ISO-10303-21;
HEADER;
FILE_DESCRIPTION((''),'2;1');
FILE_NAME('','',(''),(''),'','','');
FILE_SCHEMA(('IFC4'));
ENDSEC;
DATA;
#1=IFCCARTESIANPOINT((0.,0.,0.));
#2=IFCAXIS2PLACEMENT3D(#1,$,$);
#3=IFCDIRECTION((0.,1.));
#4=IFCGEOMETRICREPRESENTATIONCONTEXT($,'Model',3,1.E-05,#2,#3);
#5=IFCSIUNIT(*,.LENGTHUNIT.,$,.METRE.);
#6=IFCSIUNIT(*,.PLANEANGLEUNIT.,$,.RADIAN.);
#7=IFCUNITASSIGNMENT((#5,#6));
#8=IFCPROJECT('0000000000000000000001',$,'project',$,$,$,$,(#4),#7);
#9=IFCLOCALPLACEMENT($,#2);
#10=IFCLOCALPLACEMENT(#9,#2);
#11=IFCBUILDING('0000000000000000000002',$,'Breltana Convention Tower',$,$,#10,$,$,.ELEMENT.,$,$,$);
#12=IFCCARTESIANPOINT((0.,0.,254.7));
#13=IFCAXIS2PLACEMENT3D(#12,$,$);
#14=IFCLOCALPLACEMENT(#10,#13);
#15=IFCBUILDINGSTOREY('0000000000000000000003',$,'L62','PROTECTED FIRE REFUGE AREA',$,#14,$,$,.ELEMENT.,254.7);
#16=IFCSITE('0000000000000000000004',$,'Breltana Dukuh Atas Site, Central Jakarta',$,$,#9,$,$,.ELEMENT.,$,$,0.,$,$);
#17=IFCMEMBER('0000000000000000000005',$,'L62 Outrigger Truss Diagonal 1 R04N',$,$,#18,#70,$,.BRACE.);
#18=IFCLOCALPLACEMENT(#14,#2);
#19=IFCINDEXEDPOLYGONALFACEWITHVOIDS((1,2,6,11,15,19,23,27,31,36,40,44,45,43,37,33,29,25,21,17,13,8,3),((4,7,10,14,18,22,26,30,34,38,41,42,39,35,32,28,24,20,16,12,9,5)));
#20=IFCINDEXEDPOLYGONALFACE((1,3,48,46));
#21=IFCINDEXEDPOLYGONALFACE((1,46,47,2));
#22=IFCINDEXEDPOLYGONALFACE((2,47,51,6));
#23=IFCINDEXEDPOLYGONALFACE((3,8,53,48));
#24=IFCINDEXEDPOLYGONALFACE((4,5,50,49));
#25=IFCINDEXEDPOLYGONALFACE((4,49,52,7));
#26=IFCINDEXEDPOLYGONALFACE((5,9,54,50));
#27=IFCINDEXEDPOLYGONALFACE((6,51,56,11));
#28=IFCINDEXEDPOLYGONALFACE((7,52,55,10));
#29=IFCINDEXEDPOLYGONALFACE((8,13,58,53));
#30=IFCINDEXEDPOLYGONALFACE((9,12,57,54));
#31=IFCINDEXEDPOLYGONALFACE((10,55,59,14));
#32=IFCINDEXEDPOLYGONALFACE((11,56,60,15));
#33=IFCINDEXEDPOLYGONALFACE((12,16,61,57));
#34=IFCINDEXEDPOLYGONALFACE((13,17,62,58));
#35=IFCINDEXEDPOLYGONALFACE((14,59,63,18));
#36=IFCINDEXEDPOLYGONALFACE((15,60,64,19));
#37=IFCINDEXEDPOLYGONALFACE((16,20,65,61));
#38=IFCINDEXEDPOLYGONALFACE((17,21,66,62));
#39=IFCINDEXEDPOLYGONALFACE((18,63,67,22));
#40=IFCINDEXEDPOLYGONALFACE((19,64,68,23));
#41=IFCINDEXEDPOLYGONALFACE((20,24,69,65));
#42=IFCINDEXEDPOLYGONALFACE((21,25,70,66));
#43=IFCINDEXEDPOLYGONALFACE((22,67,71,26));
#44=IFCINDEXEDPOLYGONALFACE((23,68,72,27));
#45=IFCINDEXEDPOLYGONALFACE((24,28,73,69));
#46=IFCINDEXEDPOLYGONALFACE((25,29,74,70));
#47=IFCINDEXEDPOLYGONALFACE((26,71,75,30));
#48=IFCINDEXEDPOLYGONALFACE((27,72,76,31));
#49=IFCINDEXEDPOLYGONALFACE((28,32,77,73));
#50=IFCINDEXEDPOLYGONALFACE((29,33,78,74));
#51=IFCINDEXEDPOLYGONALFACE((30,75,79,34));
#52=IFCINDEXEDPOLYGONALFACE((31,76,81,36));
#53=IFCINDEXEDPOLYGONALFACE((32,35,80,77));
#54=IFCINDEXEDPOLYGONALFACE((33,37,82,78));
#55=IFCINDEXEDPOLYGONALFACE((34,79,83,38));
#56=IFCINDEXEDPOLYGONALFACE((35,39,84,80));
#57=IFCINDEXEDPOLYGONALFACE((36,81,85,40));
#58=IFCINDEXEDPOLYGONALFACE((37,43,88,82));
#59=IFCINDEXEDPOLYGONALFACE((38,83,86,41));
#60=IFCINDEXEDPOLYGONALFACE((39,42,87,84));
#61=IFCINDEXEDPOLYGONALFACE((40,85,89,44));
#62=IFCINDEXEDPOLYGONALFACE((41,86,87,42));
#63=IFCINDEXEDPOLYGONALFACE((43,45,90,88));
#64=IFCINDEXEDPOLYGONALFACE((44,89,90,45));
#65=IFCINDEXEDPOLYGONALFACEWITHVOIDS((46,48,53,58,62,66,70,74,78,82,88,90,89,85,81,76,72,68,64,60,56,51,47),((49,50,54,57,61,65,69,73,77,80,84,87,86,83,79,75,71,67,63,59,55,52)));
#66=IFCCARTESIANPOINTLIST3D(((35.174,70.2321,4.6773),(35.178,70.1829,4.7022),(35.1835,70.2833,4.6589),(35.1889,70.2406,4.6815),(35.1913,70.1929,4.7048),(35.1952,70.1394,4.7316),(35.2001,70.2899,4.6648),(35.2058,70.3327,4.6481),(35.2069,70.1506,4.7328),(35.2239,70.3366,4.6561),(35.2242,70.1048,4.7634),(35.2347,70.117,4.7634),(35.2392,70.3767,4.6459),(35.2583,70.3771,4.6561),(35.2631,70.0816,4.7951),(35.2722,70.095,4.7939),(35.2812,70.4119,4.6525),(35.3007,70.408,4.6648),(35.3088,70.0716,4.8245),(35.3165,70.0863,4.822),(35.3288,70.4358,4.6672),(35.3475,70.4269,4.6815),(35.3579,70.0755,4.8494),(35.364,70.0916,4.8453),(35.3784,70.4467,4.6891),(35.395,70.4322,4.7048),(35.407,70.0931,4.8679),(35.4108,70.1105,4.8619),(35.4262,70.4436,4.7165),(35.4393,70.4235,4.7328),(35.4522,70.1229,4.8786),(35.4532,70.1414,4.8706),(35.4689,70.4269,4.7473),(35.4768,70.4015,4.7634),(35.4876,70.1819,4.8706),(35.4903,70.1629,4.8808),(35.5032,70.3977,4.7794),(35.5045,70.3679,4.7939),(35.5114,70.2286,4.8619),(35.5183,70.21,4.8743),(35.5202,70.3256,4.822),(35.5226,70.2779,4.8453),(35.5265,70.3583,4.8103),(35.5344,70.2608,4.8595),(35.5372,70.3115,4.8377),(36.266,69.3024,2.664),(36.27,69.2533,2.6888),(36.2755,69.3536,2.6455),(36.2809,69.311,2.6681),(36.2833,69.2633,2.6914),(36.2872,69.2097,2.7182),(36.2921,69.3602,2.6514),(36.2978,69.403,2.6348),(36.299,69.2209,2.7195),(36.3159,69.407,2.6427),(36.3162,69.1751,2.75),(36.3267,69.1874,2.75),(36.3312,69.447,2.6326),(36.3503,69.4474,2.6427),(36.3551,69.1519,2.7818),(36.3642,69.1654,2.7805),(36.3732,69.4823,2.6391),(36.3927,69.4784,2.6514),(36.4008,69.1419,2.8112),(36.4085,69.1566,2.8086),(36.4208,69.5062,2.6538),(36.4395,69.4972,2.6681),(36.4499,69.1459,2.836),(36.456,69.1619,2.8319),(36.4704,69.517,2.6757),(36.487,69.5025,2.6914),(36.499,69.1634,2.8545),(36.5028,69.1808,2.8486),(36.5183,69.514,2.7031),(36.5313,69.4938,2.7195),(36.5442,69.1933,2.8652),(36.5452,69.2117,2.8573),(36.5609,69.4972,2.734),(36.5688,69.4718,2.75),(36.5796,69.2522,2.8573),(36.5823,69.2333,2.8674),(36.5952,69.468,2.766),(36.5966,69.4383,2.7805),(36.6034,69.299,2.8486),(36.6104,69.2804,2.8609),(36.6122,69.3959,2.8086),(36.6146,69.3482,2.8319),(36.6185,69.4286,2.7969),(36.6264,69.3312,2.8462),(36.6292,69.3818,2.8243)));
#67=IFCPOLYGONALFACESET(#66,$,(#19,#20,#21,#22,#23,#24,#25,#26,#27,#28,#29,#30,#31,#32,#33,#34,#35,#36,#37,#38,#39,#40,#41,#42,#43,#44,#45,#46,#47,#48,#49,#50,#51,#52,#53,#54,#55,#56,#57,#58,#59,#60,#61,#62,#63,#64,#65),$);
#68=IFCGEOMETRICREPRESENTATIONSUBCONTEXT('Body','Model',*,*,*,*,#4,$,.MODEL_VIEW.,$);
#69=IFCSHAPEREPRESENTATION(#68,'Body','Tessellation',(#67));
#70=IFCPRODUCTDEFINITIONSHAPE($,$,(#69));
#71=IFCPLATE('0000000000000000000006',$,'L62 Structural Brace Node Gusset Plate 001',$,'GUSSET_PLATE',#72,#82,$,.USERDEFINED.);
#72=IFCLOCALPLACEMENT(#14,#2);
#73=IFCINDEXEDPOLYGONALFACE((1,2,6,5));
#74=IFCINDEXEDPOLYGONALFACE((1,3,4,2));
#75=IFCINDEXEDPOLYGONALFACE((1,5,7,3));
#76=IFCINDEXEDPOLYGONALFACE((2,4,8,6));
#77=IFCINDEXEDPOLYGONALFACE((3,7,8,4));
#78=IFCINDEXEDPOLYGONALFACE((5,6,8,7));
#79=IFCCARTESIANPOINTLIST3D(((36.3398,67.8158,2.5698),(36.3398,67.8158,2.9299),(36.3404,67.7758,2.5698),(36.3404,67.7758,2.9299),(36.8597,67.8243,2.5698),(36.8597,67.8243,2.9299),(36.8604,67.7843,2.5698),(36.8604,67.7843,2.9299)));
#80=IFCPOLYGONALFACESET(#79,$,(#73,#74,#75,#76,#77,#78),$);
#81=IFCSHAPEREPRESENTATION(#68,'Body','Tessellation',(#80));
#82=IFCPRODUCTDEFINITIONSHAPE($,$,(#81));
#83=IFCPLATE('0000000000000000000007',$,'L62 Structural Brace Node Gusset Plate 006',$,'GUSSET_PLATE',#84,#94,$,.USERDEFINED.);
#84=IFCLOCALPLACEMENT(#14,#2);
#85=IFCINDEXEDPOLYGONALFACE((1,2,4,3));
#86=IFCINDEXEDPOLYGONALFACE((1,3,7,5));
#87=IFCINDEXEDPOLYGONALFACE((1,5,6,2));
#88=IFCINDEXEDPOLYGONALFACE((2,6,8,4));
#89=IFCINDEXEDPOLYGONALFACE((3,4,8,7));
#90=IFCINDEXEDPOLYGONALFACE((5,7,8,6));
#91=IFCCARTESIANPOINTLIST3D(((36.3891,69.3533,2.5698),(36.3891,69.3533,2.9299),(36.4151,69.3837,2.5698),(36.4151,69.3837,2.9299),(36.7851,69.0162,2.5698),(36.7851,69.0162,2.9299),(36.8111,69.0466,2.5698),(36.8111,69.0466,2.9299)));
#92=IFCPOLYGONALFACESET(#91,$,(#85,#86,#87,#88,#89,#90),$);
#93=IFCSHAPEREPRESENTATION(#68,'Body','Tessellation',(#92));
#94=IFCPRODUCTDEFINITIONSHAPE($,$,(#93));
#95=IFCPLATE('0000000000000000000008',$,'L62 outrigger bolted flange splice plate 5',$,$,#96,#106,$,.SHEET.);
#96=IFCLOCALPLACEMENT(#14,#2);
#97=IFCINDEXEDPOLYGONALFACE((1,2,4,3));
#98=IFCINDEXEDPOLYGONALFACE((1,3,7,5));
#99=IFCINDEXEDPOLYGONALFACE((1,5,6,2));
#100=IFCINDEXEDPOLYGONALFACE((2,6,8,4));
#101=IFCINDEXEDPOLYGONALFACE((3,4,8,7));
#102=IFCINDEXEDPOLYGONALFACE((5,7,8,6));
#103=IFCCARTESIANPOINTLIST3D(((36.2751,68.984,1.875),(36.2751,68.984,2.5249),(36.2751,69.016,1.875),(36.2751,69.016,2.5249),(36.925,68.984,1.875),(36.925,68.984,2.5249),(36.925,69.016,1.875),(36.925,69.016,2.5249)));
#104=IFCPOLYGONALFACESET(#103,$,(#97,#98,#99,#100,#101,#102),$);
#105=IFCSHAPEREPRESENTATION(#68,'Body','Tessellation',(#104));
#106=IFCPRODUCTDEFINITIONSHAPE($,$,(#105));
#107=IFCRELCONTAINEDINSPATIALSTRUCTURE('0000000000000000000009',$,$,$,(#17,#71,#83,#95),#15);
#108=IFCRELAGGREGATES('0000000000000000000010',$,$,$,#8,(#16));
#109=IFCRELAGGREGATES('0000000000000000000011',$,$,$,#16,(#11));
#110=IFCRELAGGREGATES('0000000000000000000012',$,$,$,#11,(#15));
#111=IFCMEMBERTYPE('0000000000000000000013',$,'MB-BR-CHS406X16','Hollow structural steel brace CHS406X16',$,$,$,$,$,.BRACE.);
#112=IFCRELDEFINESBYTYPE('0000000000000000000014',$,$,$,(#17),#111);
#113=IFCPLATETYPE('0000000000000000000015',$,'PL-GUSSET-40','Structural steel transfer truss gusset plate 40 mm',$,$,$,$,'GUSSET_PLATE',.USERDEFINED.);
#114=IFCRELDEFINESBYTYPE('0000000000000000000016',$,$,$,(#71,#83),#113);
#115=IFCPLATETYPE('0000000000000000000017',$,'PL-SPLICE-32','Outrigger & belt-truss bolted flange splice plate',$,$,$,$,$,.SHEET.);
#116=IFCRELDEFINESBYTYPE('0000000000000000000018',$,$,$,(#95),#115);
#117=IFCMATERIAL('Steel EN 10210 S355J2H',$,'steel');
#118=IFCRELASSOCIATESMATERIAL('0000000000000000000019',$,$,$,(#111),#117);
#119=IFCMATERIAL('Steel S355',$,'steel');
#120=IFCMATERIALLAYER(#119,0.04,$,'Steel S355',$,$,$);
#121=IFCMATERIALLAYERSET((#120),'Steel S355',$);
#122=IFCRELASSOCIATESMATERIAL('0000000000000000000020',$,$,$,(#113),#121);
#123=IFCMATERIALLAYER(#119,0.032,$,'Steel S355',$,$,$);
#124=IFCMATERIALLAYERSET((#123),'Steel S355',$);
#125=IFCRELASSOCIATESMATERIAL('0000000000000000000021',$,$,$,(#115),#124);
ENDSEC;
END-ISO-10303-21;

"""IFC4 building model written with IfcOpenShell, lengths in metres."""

from ifc_helpers import new_model, si_unit, direction, frame, origin, origin_2d, place, context, subcontext, project, spatial, rectangle, hollow_circle, extrude, source, transform, mapped, material, layer, layer_set, material_profile, profile_set, type_object, type_shapes, element, save


model = new_model("IFC4")

# Units and contexts
model_context = context("Model", 3, precision=1e-05, world=origin(), true_north=direction((0.0, 1.0)))
body_context = subcontext(model_context, "Body", "Model", "MODEL_VIEW")
ifc_project = project(units=[si_unit("LENGTHUNIT", "METRE"), si_unit("PLANEANGLEUNIT", "RADIAN")], contexts=[model_context])

# Site, building, storey
site_placement = place(None, origin())
site = spatial("IfcSite", under=ifc_project, at=site_placement, Name="Breltana Dukuh Atas Site, Central Jakarta", CompositionType="ELEMENT", RefElevation=0.0)
building_placement = place(site_placement, origin())
building = spatial("IfcBuilding", under=site, at=building_placement, Name="Breltana Convention Tower", CompositionType="ELEMENT")
storey_placement = place(building_placement, frame((0.0, 0.0, 254.7)))
storey = spatial("IfcBuildingStorey", under=building, at=storey_placement, Name="L62", Description="PROTECTED FIRE REFUGE AREA", CompositionType="ELEMENT", Elevation=254.7)

# Shared definitions
ifc_material_1 = material(Name="Steel EN 10210 S355J2H", Category="steel")

# Member
ifc_material_profile_1 = material_profile(ifc_material_1, hollow_circle(Radius=0.2029, WallThickness=0.0161, at=origin_2d()), Name="CHS406X16")
ifc_profile_set_1 = profile_set([ifc_material_profile_1], Name="Steel EN 10210 S355J2H")
member_type_1 = type_object("IfcMemberType", Name="MB-BR-CHS406X16", Description="Hollow structural steel brace CHS406X16", PredefinedType="BRACE", material=ifc_profile_set_1)
shared_shape_1 = source(origin(), body_context, "Body", "SweptSolid", [
    extrude(hollow_circle(Radius=0.2029, WallThickness=0.0161, at=origin_2d()), origin(), (0.0, 0.0, 1.0), 2.4719),
])
member_1_placement = place(storey_placement, frame((36.4478, 69.3296, 2.75), z_axis=(-0.441765, 0.376088, 0.814495), x_axis=(-0.648236, -0.761439, 0.0)))
element("IfcMember", 1, at=member_1_placement, inside=storey, type_object=member_type_1, Name="L62 Outrigger Truss Diagonal 1 R04N", PredefinedType="BRACE", context=body_context, shape_type="MappedRepresentation", body=[
    mapped(shared_shape_1, transform((0.0, 0.0, 0.0), scale=1.0)),
])

# Plates
ifc_material_2 = material(Name="Steel S355", Category="steel")
ifc_layer_1 = layer(ifc_material_2, 0.04, Name="Steel S355")
ifc_layer_set_1 = layer_set([ifc_layer_1], Name="Steel S355")
plate_type_1 = type_object("IfcPlateType", Name="PL-GUSSET-40", Description="Structural steel transfer truss gusset plate 40 mm", ElementType="GUSSET_PLATE", PredefinedType="USERDEFINED", material=ifc_layer_set_1)
shared_shape_2 = source(origin(), body_context, "Body", "SweptSolid", [
    extrude(rectangle(XDim=0.52, YDim=0.04, at=origin_2d()), origin(), (0.0, 0.0, 1.0), 0.3601),
])
for number, where, z_axis, x_axis, name in (
    (2, (36.6001, 67.8, 2.5698), (0.0, 0.0, 1.0), (-0.999868, -0.016231, 0.0), "L62 Structural Brace Node Gusset Plate 001"),
    (3, (36.6001, 69.2, 2.5698), (0.0, 0.0, 1.0), (-0.761425, 0.648253, 0.0), "L62 Structural Brace Node Gusset Plate 006"),
):
    element("IfcPlate", number, at=place(storey_placement, frame(where, z_axis=z_axis, x_axis=x_axis)), inside=storey, type_object=plate_type_1, Name=name, ObjectType="GUSSET_PLATE", PredefinedType="USERDEFINED", context=body_context, shape_type="MappedRepresentation", body=[
        mapped(shared_shape_2, transform((0.0, 0.0, 0.0), scale=1.0)),
    ])
ifc_layer_2 = layer(ifc_material_2, 0.032, Name="Steel S355")
ifc_layer_set_2 = layer_set([ifc_layer_2], Name="Steel S355")
plate_type_2 = type_object("IfcPlateType", Name="PL-SPLICE-32", Description="Outrigger & belt-truss bolted flange splice plate", PredefinedType="SHEET", material=ifc_layer_set_2)
shared_shape_3 = source(origin(), body_context, "Body", "SweptSolid", [
    extrude(rectangle(XDim=0.6499, YDim=0.032, at=origin_2d()), origin(), (0.0, 0.0, 1.0), 0.6499),
])
type_shapes(plate_type_2, [shared_shape_3])
plate_placement = place(storey_placement, frame((36.6001, 69.0, 1.875), z_axis=(0.0, 0.0, 1.0), x_axis=(1.0, 0.0, 0.0)))
element("IfcPlate", 4, at=plate_placement, inside=storey, type_object=plate_type_2, Name="L62 outrigger bolted flange splice plate 5", PredefinedType="SHEET", context=body_context, shape_type="MappedRepresentation", body=[
    mapped(shared_shape_3, transform((0.0, 0.0, 0.0), scale=1.0)),
])

save(model, "model.ifc")
